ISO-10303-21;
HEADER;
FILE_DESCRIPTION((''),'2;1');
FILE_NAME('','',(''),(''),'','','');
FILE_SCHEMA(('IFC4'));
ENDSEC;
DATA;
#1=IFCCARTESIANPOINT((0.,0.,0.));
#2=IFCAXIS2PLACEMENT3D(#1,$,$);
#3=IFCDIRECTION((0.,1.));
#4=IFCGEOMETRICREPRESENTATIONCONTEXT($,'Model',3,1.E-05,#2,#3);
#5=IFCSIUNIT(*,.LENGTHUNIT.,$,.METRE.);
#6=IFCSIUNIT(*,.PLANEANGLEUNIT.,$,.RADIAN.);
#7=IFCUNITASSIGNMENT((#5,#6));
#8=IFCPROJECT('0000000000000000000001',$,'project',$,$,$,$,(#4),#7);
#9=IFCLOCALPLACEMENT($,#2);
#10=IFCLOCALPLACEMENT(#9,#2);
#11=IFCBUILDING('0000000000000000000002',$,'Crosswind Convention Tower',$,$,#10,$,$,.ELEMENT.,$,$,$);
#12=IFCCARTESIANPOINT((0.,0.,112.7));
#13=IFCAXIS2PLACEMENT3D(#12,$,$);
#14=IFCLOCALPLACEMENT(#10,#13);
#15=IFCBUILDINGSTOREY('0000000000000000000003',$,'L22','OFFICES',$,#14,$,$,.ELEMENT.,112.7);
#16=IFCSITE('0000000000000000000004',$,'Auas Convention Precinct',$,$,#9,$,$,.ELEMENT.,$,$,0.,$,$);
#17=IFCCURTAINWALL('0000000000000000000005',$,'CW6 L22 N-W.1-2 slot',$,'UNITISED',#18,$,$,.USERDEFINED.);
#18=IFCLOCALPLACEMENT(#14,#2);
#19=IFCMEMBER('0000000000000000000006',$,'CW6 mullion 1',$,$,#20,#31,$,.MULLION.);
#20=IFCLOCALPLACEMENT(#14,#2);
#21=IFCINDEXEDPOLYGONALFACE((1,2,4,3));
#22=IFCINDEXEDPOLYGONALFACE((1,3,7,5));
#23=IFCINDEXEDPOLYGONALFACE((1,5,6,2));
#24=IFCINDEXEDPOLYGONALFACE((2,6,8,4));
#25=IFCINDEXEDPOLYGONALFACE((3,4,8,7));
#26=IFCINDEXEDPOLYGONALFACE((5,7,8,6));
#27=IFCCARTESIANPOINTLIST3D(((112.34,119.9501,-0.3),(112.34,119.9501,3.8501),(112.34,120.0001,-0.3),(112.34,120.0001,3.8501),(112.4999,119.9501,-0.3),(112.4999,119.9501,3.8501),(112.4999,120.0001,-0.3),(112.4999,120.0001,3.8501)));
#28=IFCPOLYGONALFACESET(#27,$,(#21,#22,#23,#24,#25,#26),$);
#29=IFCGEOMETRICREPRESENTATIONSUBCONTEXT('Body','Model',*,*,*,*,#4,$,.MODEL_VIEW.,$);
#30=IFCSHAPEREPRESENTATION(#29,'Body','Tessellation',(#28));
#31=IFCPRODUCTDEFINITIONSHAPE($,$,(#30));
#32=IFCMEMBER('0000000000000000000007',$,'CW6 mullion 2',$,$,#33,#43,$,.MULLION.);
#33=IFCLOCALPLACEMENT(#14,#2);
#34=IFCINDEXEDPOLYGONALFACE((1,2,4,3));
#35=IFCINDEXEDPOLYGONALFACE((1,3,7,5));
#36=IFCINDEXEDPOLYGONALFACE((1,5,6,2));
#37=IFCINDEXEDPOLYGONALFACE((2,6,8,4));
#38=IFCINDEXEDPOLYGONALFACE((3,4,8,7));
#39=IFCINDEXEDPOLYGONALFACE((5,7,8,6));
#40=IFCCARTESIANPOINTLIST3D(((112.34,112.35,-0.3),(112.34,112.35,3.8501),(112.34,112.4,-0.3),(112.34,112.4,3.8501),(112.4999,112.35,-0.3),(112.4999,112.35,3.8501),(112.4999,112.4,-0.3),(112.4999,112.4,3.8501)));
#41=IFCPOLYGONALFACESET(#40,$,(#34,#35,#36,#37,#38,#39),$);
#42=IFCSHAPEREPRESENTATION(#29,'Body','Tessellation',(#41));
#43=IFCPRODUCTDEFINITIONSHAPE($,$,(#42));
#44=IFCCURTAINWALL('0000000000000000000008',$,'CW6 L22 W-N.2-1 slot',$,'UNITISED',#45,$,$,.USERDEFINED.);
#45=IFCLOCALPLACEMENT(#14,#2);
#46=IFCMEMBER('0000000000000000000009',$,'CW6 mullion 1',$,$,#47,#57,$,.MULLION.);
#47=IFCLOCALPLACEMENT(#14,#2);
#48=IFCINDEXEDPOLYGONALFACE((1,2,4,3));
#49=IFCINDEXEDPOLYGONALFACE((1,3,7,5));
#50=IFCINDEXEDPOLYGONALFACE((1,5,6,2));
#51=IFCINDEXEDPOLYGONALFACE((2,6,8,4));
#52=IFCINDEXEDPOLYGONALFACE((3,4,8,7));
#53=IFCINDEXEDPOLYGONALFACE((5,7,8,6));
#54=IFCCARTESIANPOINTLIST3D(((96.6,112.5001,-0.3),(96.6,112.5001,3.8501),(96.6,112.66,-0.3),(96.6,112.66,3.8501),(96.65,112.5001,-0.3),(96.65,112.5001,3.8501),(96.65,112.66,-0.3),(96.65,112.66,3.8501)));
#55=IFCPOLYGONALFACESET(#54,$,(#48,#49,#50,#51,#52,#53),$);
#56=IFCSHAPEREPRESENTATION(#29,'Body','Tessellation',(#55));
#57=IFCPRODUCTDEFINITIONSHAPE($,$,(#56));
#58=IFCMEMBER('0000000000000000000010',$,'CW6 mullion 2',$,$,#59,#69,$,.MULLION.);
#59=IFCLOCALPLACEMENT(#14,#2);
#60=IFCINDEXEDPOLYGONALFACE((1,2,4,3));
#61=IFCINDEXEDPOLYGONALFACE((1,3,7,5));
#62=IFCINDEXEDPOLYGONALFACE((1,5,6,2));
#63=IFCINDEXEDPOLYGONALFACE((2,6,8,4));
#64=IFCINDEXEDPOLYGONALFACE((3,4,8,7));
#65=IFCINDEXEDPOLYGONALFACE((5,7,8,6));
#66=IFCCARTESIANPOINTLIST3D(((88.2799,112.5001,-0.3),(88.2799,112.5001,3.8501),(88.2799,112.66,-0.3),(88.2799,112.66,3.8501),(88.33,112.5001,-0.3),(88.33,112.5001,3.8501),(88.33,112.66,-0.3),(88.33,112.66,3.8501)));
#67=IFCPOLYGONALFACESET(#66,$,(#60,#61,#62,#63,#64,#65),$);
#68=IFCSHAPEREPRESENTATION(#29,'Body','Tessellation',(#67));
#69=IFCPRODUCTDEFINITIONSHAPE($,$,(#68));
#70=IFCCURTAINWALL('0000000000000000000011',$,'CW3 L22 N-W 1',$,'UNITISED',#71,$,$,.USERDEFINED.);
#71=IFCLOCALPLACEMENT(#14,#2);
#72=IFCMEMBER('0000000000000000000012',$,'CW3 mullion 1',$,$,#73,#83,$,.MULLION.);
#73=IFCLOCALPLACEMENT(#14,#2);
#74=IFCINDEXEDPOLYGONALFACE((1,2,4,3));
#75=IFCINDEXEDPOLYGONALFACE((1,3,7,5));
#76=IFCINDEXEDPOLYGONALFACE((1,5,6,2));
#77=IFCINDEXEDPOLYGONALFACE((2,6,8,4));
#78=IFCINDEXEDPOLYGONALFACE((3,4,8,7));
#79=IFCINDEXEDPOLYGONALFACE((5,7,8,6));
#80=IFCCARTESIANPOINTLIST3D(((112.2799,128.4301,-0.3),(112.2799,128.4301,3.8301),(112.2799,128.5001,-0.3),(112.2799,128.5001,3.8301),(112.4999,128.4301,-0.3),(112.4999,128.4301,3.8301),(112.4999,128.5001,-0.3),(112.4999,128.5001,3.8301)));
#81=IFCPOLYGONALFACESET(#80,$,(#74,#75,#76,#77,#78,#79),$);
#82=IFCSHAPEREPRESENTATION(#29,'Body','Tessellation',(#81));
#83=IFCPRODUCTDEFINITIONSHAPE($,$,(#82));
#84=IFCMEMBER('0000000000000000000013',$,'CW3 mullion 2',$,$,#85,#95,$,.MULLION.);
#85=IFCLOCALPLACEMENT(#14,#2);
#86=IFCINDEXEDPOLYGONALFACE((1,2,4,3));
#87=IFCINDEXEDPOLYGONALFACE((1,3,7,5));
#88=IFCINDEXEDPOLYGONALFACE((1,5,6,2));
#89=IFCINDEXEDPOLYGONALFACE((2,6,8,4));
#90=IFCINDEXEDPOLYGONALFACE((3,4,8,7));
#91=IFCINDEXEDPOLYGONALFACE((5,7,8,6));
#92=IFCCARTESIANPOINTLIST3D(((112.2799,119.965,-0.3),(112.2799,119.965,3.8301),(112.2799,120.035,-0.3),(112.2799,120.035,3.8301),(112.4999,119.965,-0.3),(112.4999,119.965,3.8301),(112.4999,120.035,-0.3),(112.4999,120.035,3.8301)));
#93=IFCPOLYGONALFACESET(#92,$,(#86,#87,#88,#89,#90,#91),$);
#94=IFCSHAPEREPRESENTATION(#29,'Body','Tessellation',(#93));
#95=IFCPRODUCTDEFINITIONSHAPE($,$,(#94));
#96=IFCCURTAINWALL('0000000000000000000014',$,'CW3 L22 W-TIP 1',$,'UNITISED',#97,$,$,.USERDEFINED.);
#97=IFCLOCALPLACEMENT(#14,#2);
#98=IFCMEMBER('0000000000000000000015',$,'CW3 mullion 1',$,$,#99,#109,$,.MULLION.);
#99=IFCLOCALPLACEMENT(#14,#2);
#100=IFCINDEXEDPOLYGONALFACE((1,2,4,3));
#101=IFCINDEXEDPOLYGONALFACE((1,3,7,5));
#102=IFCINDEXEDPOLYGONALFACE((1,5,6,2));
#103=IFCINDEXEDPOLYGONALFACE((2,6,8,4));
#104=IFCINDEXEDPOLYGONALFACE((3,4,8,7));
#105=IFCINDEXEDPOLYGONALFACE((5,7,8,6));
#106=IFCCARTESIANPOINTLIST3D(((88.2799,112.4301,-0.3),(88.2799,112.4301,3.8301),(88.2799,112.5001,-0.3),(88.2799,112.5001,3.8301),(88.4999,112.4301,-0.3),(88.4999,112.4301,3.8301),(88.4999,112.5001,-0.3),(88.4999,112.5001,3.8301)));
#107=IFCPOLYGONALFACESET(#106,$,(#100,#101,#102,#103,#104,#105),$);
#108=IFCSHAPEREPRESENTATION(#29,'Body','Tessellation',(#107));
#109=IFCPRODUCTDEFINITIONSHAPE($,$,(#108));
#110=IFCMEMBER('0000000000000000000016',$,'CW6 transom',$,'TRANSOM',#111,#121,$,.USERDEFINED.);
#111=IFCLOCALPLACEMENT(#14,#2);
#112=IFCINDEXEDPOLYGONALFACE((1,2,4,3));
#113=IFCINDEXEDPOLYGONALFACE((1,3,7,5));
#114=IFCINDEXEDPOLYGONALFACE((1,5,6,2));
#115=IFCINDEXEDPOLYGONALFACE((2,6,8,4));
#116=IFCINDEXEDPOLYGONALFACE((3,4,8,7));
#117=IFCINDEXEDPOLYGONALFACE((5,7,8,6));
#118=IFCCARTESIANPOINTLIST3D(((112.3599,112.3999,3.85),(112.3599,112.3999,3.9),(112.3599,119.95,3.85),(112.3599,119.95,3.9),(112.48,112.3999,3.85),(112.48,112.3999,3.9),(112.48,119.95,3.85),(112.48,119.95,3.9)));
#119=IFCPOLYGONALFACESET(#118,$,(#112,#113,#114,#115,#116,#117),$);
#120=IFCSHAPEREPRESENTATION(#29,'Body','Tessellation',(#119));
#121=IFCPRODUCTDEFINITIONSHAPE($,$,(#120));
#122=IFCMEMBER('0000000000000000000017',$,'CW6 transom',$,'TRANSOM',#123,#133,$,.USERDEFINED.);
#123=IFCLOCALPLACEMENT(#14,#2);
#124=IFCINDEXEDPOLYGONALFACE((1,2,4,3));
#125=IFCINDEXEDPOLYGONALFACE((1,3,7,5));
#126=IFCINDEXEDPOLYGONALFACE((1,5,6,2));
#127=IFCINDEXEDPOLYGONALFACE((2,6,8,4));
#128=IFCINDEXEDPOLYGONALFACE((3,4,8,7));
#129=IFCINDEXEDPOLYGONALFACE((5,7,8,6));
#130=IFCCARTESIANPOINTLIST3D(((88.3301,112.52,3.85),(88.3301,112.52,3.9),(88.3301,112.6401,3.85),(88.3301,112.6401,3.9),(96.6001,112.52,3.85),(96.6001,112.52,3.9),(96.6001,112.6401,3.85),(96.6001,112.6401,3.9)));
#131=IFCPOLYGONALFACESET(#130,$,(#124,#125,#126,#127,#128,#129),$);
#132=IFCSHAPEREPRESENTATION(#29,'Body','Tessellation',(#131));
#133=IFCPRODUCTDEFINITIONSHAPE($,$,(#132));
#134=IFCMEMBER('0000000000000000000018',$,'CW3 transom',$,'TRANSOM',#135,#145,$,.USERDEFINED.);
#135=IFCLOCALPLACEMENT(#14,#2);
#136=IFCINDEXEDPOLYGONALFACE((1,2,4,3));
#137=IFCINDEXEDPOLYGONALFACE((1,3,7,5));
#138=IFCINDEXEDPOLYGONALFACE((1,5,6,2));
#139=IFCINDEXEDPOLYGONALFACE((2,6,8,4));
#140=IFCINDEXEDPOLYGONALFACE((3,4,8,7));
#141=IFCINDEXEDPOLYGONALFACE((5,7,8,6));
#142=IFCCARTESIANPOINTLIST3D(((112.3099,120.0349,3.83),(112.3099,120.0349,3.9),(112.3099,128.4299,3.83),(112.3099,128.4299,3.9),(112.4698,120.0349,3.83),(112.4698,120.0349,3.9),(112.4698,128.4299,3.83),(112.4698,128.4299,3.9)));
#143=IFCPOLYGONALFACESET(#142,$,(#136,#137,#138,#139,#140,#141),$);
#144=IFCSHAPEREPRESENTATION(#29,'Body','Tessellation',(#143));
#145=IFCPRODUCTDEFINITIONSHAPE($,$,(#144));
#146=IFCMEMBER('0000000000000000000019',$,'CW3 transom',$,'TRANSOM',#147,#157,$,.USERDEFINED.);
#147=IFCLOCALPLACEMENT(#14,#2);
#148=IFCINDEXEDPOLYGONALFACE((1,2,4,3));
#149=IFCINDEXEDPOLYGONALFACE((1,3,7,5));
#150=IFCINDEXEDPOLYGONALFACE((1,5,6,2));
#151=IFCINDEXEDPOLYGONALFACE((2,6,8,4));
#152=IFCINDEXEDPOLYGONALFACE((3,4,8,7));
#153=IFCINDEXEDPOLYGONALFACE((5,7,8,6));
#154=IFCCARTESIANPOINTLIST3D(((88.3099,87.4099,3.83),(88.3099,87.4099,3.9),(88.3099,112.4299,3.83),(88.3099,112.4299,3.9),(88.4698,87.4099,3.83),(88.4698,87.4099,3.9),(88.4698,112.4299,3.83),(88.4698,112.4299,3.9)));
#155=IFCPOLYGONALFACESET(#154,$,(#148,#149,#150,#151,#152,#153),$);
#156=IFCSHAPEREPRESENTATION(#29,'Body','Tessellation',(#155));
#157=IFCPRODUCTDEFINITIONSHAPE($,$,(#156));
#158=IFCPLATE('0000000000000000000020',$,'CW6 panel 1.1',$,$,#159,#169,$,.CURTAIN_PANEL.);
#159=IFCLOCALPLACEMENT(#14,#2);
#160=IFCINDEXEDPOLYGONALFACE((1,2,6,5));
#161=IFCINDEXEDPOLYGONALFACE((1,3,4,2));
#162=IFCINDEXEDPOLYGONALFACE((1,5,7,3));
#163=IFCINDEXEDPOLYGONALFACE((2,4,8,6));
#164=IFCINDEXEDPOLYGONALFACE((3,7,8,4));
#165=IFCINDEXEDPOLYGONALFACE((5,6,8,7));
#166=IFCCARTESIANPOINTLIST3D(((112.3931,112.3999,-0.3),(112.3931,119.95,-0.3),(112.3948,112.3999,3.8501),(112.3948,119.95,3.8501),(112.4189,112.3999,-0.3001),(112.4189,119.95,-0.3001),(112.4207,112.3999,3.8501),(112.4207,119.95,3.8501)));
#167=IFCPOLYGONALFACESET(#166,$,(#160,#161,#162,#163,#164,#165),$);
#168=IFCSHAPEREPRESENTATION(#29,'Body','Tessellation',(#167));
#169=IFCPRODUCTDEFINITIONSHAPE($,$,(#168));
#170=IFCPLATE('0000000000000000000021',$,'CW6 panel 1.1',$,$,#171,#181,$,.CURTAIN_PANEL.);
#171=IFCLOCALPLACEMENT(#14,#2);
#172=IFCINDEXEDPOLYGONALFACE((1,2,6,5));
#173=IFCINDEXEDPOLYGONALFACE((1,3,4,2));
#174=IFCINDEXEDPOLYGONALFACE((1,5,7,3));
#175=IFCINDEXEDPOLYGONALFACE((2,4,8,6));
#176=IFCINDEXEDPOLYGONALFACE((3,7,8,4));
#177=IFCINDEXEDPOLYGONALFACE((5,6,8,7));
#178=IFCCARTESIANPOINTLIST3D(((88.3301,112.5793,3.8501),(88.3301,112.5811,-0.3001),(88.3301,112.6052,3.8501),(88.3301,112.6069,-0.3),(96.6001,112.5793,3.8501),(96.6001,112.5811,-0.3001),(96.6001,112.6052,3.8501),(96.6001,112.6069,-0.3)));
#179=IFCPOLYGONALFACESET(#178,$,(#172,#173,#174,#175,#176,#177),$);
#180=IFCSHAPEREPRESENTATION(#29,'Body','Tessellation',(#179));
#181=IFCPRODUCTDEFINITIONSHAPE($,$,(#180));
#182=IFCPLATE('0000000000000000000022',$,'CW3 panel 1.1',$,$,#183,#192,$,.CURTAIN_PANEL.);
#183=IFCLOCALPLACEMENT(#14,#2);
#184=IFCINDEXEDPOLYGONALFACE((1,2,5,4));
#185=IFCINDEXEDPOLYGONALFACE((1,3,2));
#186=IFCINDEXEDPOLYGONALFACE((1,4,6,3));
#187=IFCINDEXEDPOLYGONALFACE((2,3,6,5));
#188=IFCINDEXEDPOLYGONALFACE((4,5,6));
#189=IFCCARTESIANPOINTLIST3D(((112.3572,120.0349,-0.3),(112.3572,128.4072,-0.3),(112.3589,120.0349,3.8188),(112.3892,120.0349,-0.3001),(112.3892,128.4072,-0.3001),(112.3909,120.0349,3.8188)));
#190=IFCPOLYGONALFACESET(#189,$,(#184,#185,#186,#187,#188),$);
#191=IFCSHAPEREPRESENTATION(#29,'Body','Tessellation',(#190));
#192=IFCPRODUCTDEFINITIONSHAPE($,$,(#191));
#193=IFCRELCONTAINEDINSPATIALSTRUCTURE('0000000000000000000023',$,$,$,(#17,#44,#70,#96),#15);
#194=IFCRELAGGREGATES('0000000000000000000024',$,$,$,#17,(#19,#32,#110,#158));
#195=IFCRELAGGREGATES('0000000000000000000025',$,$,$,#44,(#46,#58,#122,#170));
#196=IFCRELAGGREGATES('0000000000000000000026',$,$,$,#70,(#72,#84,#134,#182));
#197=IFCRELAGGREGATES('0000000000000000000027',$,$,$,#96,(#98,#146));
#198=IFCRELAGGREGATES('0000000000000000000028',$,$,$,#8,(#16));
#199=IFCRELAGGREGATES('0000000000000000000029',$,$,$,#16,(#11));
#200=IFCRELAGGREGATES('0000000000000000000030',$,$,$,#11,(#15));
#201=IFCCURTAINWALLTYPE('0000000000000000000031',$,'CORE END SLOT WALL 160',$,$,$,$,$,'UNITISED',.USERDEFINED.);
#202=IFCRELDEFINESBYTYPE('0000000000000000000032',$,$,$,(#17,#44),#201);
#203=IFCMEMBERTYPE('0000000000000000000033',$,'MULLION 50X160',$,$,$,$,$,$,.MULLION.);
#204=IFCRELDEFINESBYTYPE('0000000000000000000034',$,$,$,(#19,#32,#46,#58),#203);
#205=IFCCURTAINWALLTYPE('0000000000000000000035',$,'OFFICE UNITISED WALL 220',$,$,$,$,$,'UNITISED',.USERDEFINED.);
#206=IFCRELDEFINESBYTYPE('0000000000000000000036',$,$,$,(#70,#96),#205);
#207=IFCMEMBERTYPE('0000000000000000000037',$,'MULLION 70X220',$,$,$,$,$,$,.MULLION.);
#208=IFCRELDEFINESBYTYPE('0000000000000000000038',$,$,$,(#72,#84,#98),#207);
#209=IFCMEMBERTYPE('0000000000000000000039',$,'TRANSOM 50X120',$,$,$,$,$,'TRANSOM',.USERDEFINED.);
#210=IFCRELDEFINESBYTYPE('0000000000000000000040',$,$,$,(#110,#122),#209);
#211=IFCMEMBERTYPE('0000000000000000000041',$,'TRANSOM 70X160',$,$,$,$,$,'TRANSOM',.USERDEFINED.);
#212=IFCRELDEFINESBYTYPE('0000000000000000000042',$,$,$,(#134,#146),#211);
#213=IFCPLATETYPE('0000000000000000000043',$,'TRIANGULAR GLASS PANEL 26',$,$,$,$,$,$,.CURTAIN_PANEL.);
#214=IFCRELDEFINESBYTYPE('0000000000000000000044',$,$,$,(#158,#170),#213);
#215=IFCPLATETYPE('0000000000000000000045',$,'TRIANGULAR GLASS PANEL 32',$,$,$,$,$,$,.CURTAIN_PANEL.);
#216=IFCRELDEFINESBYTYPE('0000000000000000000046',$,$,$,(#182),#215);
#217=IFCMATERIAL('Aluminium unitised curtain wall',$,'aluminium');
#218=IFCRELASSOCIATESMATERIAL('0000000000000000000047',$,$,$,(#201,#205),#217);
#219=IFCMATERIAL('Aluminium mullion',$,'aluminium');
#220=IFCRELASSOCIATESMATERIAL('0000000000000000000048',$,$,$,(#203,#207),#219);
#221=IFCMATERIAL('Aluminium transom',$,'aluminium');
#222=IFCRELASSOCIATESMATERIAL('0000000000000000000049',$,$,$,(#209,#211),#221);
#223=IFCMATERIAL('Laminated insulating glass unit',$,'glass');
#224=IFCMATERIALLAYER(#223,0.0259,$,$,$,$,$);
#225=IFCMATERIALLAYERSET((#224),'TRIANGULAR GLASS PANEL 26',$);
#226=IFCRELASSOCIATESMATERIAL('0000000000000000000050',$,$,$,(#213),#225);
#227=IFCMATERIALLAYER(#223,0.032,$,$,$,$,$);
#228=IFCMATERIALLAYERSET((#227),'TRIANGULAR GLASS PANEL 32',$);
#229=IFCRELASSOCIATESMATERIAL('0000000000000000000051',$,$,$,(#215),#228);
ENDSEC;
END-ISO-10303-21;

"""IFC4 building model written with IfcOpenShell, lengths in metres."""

from ifc_helpers import new_model, si_unit, direction, frame, origin, origin_2d, place, context, subcontext, project, spatial, polyline, rectangle, outline, extrude, material, layer, layer_set, material_profile, profile_set, type_object, element, aggregate, save


model = new_model("IFC4")

# Units and contexts
model_context = context("Model", 3, precision=1e-05, world=origin(), true_north=direction((0.0, 1.0)))
body_context = subcontext(model_context, "Body", "Model", "MODEL_VIEW")
ifc_project = project(units=[si_unit("LENGTHUNIT", "METRE"), si_unit("PLANEANGLEUNIT", "RADIAN")], contexts=[model_context])

# Site, building, storey
site_placement = place(None, origin())
site = spatial("IfcSite", under=ifc_project, at=site_placement, Name="Auas Convention Precinct", CompositionType="ELEMENT", RefElevation=0.0)
building_placement = place(site_placement, origin())
building = spatial("IfcBuilding", under=site, at=building_placement, Name="Crosswind Convention Tower", CompositionType="ELEMENT")
storey_placement = place(building_placement, frame((0.0, 0.0, 112.7)))
storey = spatial("IfcBuildingStorey", under=building, at=storey_placement, Name="L22", Description="OFFICES", CompositionType="ELEMENT", Elevation=112.7)

# Curtain walls, members
ifc_material_1 = material(Name="Aluminium unitised curtain wall", Category="aluminium")
curtain_wall_type_1 = type_object("IfcCurtainWallType", Name="CORE END SLOT WALL 160", ElementType="UNITISED", PredefinedType="USERDEFINED", material=ifc_material_1)
curtain_wall_1_placement = place(storey_placement, origin())
curtain_wall_1 = element("IfcCurtainWall", 1, at=curtain_wall_1_placement, inside=storey, type_object=curtain_wall_type_1, Name="CW6 L22 N-W.1-2 slot", ObjectType="UNITISED", PredefinedType="USERDEFINED")
ifc_material_2 = material(Name="Aluminium mullion", Category="aluminium")
ifc_material_profile_1 = material_profile(ifc_material_2, rectangle(XDim=0.1599, YDim=0.05, at=origin_2d()), Name="AL 160X50")
ifc_profile_set_1 = profile_set([ifc_material_profile_1], Name="Aluminium mullion")
member_type_1 = type_object("IfcMemberType", Name="MULLION 50X160", PredefinedType="MULLION", material=ifc_profile_set_1)
member_1_placement = place(storey_placement, frame((112.4199, 119.9751, -0.3), z_axis=(0.0, 0.0, 1.0), x_axis=(-1.0, 0.0, 0.0)))
member_1 = element("IfcMember", 2, at=member_1_placement, type_object=member_type_1, Name="CW6 mullion 1", PredefinedType="MULLION", context=body_context, shape_type="SweptSolid", body=[
    extrude(rectangle(XDim=0.1599, YDim=0.05, at=origin_2d()), origin(), (0.0, 0.0, 1.0), 4.1501),
])
member_2_placement = place(storey_placement, frame((112.4199, 112.375, -0.3), z_axis=(0.0, 0.0, 1.0), x_axis=(-1.0, 0.0, 0.0)))
member_2 = element("IfcMember", 3, at=member_2_placement, type_object=member_type_1, Name="CW6 mullion 2", PredefinedType="MULLION", context=body_context, shape_type="SweptSolid", body=[
    extrude(rectangle(XDim=0.1599, YDim=0.05, at=origin_2d()), origin(), (0.0, 0.0, 1.0), 4.1501),
])
curtain_wall_2_placement = place(storey_placement, origin())
curtain_wall_2 = element("IfcCurtainWall", 4, at=curtain_wall_2_placement, inside=storey, type_object=curtain_wall_type_1, Name="CW6 L22 W-N.2-1 slot", ObjectType="UNITISED", PredefinedType="USERDEFINED")
member_3_placement = place(storey_placement, frame((96.625, 112.5801, -0.3), z_axis=(0.0, 0.0, 1.0), x_axis=(0.0, 1.0, 0.0)))
member_3 = element("IfcMember", 5, at=member_3_placement, type_object=member_type_1, Name="CW6 mullion 1", PredefinedType="MULLION", context=body_context, shape_type="SweptSolid", body=[
    extrude(rectangle(XDim=0.1599, YDim=0.05, at=origin_2d()), origin(), (0.0, 0.0, 1.0), 4.1501),
])
member_4_placement = place(storey_placement, frame((88.3049, 112.5801, -0.3), z_axis=(0.0, 0.0, 1.0), x_axis=(0.0, 1.0, 0.0)))
member_4 = element("IfcMember", 6, at=member_4_placement, type_object=member_type_1, Name="CW6 mullion 2", PredefinedType="MULLION", context=body_context, shape_type="SweptSolid", body=[
    extrude(rectangle(XDim=0.1599, YDim=0.05, at=origin_2d()), origin(), (0.0, 0.0, 1.0), 4.1501),
])
curtain_wall_type_2 = type_object("IfcCurtainWallType", Name="OFFICE UNITISED WALL 220", ElementType="UNITISED", PredefinedType="USERDEFINED", material=ifc_material_1)
curtain_wall_3_placement = place(storey_placement, origin())
curtain_wall_3 = element("IfcCurtainWall", 7, at=curtain_wall_3_placement, inside=storey, type_object=curtain_wall_type_2, Name="CW3 L22 N-W 1", ObjectType="UNITISED", PredefinedType="USERDEFINED")
ifc_material_profile_2 = material_profile(ifc_material_2, rectangle(XDim=0.22, YDim=0.0701, at=origin_2d()), Name="AL 220X70")
ifc_profile_set_2 = profile_set([ifc_material_profile_2], Name="Aluminium mullion")
member_type_2 = type_object("IfcMemberType", Name="MULLION 70X220", PredefinedType="MULLION", material=ifc_profile_set_2)
member_5_placement = place(storey_placement, frame((112.3899, 128.4651, -0.3), z_axis=(0.0, 0.0, 1.0), x_axis=(-1.0, 0.0, 0.0)))
member_5 = element("IfcMember", 8, at=member_5_placement, type_object=member_type_2, Name="CW3 mullion 1", PredefinedType="MULLION", context=body_context, shape_type="SweptSolid", body=[
    extrude(rectangle(XDim=0.22, YDim=0.0701, at=origin_2d()), origin(), (0.0, 0.0, 1.0), 4.1301),
])
member_6_placement = place(storey_placement, frame((112.3899, 120.0, -0.3), z_axis=(0.0, 0.0, 1.0), x_axis=(-1.0, 0.0, 0.0)))
member_6 = element("IfcMember", 9, at=member_6_placement, type_object=member_type_2, Name="CW3 mullion 2", PredefinedType="MULLION", context=body_context, shape_type="SweptSolid", body=[
    extrude(rectangle(XDim=0.22, YDim=0.0701, at=origin_2d()), origin(), (0.0, 0.0, 1.0), 4.1301),
])

# Curtain wall, member
curtain_wall_4_placement = place(storey_placement, origin())
curtain_wall_4 = element("IfcCurtainWall", 10, at=curtain_wall_4_placement, inside=storey, type_object=curtain_wall_type_2, Name="CW3 L22 W-TIP 1", ObjectType="UNITISED", PredefinedType="USERDEFINED")
member_7_placement = place(storey_placement, frame((88.3899, 112.4651, -0.3), z_axis=(0.0, 0.0, 1.0), x_axis=(-1.0, 0.0, 0.0)))
member_7 = element("IfcMember", 11, at=member_7_placement, type_object=member_type_2, Name="CW3 mullion 1", PredefinedType="MULLION", context=body_context, shape_type="SweptSolid", body=[
    extrude(rectangle(XDim=0.22, YDim=0.0701, at=origin_2d()), origin(), (0.0, 0.0, 1.0), 4.1301),
])

# Members
ifc_material_3 = material(Name="Aluminium transom", Category="aluminium")
ifc_material_profile_3 = material_profile(ifc_material_3, rectangle(XDim=0.1201, YDim=0.05, at=origin_2d()), Name="AL 120X50")
ifc_profile_set_3 = profile_set([ifc_material_profile_3], Name="Aluminium transom")
member_type_3 = type_object("IfcMemberType", Name="TRANSOM 50X120", ElementType="TRANSOM", PredefinedType="USERDEFINED", material=ifc_profile_set_3)
member_8_placement = place(storey_placement, frame((112.4199, 119.95, 3.875), z_axis=(0.0, -1.0, 0.0), x_axis=(1.0, 0.0, 0.0)))
member_8 = element("IfcMember", 12, at=member_8_placement, type_object=member_type_3, Name="CW6 transom", ObjectType="TRANSOM", PredefinedType="USERDEFINED", context=body_context, shape_type="SweptSolid", body=[
    extrude(rectangle(XDim=0.1201, YDim=0.05, at=origin_2d()), origin(), (0.0, 0.0, 1.0), 7.55),
])
member_9_placement = place(storey_placement, frame((96.6001, 112.5801, 3.875), z_axis=(-1.0, 0.0, 0.0), x_axis=(0.0, -1.0, 0.0)))
member_9 = element("IfcMember", 13, at=member_9_placement, type_object=member_type_3, Name="CW6 transom", ObjectType="TRANSOM", PredefinedType="USERDEFINED", context=body_context, shape_type="SweptSolid", body=[
    extrude(rectangle(XDim=0.1201, YDim=0.05, at=origin_2d()), origin(), (0.0, 0.0, 1.0), 8.27),
])
ifc_material_profile_4 = material_profile(ifc_material_3, rectangle(XDim=0.1599, YDim=0.0701, at=origin_2d()), Name="AL 160X70")
ifc_profile_set_4 = profile_set([ifc_material_profile_4], Name="Aluminium transom")
member_type_4 = type_object("IfcMemberType", Name="TRANSOM 70X160", ElementType="TRANSOM", PredefinedType="USERDEFINED", material=ifc_profile_set_4)
member_10_placement = place(storey_placement, frame((112.3899, 128.4299, 3.865), z_axis=(0.0, -1.0, 0.0), x_axis=(1.0, 0.0, 0.0)))
member_10 = element("IfcMember", 14, at=member_10_placement, type_object=member_type_4, Name="CW3 transom", ObjectType="TRANSOM", PredefinedType="USERDEFINED", context=body_context, shape_type="SweptSolid", body=[
    extrude(rectangle(XDim=0.1599, YDim=0.0701, at=origin_2d()), origin(), (0.0, 0.0, 1.0), 8.395),
])
member_11_placement = place(storey_placement, frame((88.3899, 112.4299, 3.865), z_axis=(0.0, -1.0, 0.0), x_axis=(1.0, 0.0, 0.0)))
member_11 = element("IfcMember", 15, at=member_11_placement, type_object=member_type_4, Name="CW3 transom", ObjectType="TRANSOM", PredefinedType="USERDEFINED", context=body_context, shape_type="SweptSolid", body=[
    extrude(rectangle(XDim=0.1599, YDim=0.0701, at=origin_2d()), origin(), (0.0, 0.0, 1.0), 25.02),
])

# Plates
ifc_material_4 = material(Name="Laminated insulating glass unit", Category="glass")
ifc_layer_1 = layer(ifc_material_4, 0.0259)
ifc_layer_set_1 = layer_set([ifc_layer_1], Name="TRIANGULAR GLASS PANEL 26")
plate_type_1 = type_object("IfcPlateType", Name="TRIANGULAR GLASS PANEL 26", PredefinedType="CURTAIN_PANEL", material=ifc_layer_set_1)
plate_1_placement = place(storey_placement, frame((112.3931, 119.95, -0.3), z_axis=(-1.0, 0.0, 0.000412), x_axis=(0.0, -1.0, 0.0)))
plate_1 = element("IfcPlate", 16, at=plate_1_placement, type_object=plate_type_1, Name="CW6 panel 1.1", PredefinedType="CURTAIN_PANEL", context=body_context, shape_type="SweptSolid", body=[
    extrude(outline(polyline([(0.0, 0.0), (7.55, 0.0), (7.55, 4.1501), (0.0, 4.1501), (0.0, 0.0)])), origin(), (0.0, 0.0, -1.0), 0.0259),
])
aggregate(curtain_wall_1, [member_1, member_2, member_8, plate_1])
plate_2_placement = place(storey_placement, frame((96.6001, 112.6069, -0.3), z_axis=(0.0, 1.0, 0.000412), x_axis=(-1.0, 0.0, 0.0)))
plate_2 = element("IfcPlate", 17, at=plate_2_placement, type_object=plate_type_1, Name="CW6 panel 1.1", PredefinedType="CURTAIN_PANEL", context=body_context, shape_type="SweptSolid", body=[
    extrude(outline(polyline([(0.0, 0.0), (8.27, 0.0), (8.27, 4.1501), (0.0, 4.1501), (0.0, 0.0)])), origin(), (0.0, 0.0, -1.0), 0.0259),
])
aggregate(curtain_wall_2, [member_3, member_4, member_9, plate_2])
ifc_layer_2 = layer(ifc_material_4, 0.032)
ifc_layer_set_2 = layer_set([ifc_layer_2], Name="TRIANGULAR GLASS PANEL 32")
plate_type_2 = type_object("IfcPlateType", Name="TRIANGULAR GLASS PANEL 32", PredefinedType="CURTAIN_PANEL", material=ifc_layer_set_2)
plate_3_placement = place(storey_placement, frame((112.3572, 120.0349, -0.3), z_axis=(-1.0, 0.0, 0.000415), x_axis=(0.000415, 0.0, 1.0)))
plate_3 = element("IfcPlate", 18, at=plate_3_placement, type_object=plate_type_2, Name="CW3 panel 1.1", PredefinedType="CURTAIN_PANEL", context=body_context, shape_type="SweptSolid", body=[
    extrude(outline(polyline([(0.0, 0.0), (4.1189, 0.0), (0.0, 8.3723), (0.0, 0.0)])), origin(), (0.0, 0.0, -1.0), 0.032),
])

aggregate(curtain_wall_3, [member_5, member_6, member_10, plate_3])
aggregate(curtain_wall_4, [member_7, member_11])

save(model, "model.ifc")
